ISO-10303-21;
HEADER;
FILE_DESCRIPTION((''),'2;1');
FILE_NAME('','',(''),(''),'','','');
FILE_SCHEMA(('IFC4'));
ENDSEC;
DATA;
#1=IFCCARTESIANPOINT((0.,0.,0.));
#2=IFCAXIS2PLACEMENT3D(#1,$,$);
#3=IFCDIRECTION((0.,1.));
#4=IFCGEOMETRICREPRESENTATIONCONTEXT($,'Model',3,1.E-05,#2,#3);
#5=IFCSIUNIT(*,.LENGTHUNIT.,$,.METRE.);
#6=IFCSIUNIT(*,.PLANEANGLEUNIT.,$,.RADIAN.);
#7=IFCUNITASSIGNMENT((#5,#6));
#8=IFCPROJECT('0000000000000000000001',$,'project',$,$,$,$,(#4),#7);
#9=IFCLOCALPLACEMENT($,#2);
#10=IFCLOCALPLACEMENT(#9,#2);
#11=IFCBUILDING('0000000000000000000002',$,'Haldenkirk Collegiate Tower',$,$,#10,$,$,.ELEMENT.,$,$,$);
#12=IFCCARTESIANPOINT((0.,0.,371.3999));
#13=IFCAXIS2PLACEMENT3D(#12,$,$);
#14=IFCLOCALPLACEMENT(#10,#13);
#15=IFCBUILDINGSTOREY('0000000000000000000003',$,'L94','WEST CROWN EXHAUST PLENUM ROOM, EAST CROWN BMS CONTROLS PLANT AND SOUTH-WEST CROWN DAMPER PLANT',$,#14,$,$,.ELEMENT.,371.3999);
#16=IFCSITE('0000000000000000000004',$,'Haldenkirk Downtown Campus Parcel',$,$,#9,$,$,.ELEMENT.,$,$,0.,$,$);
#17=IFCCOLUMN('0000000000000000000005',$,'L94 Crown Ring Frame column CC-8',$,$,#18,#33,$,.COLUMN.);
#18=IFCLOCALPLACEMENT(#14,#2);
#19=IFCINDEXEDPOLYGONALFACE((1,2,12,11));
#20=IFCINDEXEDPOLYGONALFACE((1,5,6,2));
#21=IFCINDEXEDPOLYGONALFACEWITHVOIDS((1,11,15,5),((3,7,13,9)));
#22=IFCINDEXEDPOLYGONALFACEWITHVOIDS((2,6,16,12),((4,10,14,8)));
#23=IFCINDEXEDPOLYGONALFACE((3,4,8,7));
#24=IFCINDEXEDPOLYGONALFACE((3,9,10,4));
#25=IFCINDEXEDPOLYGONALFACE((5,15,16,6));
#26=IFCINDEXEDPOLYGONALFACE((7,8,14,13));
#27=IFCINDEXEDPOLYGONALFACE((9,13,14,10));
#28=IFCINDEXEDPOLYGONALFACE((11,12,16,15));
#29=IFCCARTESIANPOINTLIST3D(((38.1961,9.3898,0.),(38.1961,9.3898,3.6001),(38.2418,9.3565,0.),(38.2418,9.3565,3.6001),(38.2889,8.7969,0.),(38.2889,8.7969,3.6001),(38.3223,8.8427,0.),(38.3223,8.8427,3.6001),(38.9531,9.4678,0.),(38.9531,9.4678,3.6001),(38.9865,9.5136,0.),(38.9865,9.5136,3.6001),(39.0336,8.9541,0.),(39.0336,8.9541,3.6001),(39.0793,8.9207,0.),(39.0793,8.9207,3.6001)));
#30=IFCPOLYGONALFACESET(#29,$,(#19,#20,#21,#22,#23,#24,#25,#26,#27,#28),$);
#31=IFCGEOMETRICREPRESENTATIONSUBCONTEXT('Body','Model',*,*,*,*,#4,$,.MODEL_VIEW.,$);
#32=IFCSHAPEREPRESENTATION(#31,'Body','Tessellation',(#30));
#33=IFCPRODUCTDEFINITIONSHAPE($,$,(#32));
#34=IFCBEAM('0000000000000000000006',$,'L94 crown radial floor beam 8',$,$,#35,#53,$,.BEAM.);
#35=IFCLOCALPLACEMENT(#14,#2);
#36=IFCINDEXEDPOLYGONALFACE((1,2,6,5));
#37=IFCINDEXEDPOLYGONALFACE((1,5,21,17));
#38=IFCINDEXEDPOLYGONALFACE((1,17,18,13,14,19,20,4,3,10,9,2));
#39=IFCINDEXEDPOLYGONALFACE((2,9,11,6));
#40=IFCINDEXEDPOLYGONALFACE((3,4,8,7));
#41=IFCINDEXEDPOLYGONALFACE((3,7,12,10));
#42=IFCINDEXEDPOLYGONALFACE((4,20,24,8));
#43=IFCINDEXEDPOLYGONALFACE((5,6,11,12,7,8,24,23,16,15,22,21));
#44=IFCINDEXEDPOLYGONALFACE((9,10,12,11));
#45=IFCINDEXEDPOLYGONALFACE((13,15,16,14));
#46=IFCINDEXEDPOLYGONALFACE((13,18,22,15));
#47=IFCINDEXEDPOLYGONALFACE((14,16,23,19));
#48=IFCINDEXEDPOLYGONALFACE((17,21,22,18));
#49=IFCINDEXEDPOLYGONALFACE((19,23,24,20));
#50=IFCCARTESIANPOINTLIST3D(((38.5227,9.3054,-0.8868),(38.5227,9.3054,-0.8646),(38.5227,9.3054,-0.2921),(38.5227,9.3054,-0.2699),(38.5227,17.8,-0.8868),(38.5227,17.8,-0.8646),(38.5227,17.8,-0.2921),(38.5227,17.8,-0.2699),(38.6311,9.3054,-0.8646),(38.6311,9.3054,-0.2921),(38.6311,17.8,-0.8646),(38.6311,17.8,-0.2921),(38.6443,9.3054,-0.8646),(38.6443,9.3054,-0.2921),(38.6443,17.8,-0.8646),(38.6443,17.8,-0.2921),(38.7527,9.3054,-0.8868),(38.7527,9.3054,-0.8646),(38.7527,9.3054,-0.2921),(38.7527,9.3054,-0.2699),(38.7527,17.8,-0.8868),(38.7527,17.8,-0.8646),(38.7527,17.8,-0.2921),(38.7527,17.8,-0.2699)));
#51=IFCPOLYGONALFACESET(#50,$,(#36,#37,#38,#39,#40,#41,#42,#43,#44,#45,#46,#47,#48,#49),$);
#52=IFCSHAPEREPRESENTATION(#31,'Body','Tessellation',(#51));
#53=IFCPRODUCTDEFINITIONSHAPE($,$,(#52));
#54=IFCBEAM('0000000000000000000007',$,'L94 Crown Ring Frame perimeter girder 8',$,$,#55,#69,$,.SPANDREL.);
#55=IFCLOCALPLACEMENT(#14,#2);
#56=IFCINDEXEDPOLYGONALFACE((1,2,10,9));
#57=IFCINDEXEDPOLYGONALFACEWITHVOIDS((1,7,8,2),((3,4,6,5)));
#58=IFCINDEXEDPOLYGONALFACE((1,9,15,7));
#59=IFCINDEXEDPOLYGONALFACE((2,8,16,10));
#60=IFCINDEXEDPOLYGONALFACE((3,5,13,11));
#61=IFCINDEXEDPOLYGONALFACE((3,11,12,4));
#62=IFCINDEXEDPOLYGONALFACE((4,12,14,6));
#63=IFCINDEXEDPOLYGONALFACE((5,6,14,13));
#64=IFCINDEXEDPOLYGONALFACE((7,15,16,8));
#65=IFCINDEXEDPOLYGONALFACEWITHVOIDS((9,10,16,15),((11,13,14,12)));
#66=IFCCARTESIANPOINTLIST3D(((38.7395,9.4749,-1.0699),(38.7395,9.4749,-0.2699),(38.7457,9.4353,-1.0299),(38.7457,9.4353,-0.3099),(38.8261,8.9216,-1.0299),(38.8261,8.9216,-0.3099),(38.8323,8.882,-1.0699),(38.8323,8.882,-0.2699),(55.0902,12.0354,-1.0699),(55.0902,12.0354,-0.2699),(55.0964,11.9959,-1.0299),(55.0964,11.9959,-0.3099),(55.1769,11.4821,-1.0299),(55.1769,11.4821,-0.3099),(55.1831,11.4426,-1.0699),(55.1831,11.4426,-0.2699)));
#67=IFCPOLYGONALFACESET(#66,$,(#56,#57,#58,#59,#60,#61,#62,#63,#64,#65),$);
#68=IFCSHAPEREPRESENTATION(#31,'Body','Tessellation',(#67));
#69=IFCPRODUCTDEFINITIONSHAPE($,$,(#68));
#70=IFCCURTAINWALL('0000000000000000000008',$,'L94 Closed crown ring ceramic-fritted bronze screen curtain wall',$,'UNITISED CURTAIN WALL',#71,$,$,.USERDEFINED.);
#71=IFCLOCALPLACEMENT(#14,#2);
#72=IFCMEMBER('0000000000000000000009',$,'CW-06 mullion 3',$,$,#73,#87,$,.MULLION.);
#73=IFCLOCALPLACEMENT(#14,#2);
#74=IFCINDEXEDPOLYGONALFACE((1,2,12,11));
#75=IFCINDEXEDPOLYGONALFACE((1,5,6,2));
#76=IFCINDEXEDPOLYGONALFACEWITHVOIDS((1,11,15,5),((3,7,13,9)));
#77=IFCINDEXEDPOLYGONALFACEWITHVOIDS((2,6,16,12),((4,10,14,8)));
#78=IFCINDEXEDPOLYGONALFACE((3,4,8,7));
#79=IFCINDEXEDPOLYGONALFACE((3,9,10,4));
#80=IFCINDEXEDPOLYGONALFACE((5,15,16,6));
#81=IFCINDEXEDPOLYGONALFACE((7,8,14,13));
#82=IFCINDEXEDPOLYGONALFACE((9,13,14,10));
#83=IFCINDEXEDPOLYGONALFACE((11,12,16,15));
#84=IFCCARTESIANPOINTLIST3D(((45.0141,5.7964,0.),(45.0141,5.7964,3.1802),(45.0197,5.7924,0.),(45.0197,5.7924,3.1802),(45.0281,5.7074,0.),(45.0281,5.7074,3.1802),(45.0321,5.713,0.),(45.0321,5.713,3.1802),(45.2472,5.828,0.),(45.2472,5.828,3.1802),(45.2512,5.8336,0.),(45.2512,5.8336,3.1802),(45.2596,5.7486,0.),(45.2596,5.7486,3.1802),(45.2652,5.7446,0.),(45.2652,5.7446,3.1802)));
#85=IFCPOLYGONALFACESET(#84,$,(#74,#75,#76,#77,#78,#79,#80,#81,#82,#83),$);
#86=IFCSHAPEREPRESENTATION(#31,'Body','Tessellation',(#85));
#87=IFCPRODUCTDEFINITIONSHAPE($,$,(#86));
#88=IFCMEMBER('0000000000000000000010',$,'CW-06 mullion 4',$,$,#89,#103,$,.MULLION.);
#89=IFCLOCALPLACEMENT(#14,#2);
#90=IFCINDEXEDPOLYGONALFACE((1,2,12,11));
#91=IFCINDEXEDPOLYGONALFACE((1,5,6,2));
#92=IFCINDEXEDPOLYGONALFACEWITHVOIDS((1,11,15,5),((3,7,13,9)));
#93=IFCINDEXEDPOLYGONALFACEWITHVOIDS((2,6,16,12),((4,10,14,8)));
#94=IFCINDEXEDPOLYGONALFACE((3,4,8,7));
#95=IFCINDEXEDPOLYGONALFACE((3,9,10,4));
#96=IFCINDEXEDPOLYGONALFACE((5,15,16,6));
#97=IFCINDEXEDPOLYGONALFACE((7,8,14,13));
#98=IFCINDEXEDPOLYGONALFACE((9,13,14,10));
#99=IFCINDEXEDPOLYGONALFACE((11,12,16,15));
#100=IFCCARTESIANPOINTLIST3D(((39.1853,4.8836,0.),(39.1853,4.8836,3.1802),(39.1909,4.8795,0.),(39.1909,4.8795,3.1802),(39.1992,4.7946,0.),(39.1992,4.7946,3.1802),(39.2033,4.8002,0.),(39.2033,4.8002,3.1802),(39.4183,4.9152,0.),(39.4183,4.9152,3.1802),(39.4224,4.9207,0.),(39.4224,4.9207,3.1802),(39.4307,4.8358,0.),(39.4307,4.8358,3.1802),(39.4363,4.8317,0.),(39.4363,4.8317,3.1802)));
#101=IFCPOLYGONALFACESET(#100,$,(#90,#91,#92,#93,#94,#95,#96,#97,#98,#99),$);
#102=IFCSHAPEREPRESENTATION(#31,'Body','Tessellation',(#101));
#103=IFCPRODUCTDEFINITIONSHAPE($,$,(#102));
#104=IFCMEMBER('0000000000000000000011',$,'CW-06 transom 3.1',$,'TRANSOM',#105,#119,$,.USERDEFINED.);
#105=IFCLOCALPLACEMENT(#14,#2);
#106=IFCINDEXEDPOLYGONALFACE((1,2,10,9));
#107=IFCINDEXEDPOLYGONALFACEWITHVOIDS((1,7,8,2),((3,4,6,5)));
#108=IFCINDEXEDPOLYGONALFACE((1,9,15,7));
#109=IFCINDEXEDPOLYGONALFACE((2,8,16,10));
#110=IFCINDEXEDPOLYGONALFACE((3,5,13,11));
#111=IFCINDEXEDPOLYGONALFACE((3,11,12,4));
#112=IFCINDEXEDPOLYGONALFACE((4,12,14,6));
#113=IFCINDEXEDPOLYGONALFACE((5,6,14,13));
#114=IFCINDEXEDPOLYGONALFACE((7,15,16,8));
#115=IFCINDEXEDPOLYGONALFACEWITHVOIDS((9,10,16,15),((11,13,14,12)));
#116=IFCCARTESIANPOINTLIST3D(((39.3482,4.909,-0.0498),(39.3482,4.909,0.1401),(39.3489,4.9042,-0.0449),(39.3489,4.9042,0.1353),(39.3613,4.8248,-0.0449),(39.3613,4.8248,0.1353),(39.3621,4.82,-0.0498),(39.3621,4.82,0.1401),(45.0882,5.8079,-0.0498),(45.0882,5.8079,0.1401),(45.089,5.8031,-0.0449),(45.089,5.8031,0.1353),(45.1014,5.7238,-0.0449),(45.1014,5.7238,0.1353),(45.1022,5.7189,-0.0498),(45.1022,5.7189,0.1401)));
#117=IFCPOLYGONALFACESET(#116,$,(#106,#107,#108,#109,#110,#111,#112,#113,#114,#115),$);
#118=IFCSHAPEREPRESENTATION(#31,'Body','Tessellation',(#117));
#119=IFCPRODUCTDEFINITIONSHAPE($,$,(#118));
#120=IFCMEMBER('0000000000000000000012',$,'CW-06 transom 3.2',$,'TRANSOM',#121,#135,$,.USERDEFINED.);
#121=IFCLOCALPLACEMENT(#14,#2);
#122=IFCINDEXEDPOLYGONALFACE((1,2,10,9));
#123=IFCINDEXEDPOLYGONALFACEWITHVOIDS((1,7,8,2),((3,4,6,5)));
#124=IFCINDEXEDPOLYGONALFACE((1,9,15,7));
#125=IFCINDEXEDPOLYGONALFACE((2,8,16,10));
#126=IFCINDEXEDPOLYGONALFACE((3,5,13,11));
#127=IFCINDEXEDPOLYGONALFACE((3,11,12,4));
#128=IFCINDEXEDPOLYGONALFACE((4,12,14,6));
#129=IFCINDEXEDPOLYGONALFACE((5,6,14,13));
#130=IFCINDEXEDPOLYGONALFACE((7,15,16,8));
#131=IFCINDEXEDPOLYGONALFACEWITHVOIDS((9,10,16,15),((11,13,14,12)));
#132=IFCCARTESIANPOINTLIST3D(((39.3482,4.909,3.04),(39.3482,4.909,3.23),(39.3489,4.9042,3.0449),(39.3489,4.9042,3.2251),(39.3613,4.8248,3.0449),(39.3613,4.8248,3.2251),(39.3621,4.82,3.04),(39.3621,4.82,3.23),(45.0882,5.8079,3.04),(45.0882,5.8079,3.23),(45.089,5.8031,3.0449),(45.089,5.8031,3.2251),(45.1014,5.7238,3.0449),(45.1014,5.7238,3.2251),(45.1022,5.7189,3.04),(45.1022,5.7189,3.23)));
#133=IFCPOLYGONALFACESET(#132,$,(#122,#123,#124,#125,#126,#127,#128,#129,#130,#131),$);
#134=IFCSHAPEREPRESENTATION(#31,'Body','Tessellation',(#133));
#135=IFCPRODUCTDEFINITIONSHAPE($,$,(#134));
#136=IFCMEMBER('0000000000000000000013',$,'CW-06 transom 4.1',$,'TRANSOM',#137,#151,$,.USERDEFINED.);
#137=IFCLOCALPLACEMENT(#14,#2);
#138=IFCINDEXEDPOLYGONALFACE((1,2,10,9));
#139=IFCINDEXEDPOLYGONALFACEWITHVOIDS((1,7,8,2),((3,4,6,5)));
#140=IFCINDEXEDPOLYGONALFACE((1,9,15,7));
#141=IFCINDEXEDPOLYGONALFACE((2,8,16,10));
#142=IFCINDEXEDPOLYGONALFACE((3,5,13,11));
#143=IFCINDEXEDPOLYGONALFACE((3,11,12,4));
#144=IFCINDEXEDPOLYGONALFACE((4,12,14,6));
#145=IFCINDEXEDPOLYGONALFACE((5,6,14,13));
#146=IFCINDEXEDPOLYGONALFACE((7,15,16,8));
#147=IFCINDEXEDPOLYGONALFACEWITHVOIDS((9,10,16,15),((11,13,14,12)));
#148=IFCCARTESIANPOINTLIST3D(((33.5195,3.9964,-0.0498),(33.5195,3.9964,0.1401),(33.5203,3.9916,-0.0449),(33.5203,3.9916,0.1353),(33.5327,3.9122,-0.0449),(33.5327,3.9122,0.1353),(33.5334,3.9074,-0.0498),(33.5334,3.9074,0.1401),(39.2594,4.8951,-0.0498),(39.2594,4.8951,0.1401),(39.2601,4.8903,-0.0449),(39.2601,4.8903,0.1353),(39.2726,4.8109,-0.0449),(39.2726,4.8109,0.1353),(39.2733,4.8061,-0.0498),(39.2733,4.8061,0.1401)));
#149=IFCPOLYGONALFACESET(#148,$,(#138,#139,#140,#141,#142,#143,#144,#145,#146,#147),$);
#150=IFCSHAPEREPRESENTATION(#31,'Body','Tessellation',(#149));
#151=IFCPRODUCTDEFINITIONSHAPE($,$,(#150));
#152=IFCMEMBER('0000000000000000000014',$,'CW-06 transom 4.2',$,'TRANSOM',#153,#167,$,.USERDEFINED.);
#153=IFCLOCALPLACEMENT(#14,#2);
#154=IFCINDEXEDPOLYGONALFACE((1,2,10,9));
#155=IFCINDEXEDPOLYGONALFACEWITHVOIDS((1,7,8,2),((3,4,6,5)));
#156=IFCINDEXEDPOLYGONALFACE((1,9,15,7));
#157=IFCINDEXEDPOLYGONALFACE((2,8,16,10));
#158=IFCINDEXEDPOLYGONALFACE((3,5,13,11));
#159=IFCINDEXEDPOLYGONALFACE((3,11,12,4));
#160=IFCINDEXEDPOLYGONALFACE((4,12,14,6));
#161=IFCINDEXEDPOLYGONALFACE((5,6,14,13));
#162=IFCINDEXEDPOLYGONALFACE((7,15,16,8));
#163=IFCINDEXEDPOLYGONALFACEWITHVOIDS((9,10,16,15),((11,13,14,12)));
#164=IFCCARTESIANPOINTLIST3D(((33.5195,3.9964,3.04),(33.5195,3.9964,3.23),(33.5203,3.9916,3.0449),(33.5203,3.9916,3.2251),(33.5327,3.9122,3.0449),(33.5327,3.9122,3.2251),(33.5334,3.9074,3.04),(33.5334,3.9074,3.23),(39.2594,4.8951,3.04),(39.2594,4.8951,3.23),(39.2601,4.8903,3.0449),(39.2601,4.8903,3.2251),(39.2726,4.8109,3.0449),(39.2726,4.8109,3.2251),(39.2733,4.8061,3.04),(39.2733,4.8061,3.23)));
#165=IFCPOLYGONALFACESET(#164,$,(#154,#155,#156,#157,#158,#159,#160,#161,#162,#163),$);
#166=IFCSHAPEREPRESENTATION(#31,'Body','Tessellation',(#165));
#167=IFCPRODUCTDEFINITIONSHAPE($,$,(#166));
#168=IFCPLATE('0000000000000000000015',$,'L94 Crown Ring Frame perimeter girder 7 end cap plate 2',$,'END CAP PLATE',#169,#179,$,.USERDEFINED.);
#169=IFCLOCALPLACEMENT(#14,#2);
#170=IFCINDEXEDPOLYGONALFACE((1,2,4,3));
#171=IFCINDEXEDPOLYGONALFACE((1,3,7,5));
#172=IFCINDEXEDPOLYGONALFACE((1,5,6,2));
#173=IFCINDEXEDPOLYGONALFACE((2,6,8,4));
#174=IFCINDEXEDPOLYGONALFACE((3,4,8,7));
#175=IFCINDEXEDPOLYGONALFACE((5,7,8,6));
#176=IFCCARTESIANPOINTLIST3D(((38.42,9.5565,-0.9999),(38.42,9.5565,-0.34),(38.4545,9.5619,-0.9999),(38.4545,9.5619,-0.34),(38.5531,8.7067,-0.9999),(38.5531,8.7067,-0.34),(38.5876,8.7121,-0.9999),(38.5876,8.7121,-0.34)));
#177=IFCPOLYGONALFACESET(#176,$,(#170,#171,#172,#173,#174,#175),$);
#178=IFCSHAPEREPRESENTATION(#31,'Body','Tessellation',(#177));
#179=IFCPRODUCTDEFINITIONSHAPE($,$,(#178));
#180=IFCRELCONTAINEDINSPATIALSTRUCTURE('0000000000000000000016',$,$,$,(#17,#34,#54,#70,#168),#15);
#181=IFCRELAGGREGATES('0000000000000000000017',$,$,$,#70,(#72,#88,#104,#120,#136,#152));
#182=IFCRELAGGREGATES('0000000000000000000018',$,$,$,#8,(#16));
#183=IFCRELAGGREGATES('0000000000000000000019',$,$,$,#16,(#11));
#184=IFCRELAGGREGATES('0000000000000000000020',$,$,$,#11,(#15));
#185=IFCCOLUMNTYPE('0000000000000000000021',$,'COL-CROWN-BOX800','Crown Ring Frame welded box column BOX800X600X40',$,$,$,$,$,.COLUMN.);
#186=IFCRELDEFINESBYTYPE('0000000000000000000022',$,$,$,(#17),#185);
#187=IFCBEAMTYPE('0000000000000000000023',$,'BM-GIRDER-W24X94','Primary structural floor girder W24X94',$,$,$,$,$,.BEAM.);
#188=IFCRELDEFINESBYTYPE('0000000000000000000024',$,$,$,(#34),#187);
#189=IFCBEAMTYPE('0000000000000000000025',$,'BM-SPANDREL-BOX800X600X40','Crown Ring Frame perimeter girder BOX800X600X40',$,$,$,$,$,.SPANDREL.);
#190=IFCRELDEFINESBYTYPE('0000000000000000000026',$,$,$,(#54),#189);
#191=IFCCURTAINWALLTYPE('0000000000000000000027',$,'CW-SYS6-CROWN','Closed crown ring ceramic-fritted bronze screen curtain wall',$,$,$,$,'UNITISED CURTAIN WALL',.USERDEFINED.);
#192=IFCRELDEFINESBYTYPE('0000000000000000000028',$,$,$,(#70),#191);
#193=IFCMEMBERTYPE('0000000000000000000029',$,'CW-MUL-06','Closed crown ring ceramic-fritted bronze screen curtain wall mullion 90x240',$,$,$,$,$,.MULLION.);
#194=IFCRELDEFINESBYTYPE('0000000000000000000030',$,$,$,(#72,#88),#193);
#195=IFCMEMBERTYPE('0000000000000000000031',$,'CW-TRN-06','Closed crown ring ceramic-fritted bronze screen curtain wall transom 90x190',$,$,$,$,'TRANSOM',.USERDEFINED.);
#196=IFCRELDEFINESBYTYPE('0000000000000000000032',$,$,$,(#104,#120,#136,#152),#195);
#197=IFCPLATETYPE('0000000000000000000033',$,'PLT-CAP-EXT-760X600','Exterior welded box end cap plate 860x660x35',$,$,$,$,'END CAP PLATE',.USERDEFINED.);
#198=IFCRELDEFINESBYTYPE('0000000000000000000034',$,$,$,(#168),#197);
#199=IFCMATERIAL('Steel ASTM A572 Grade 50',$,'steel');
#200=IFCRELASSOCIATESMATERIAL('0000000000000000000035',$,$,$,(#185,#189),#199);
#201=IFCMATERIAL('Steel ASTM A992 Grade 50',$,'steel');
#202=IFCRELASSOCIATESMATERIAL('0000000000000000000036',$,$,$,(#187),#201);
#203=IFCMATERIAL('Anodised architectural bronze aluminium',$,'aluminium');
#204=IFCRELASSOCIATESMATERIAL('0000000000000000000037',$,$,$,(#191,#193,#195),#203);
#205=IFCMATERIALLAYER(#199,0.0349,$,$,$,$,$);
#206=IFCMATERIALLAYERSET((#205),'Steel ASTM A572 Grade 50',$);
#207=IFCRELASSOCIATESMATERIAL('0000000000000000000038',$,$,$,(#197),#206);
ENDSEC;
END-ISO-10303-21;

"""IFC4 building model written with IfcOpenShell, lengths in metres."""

from ifc_helpers import new_model, si_unit, direction, frame, origin, origin_2d, place, context, subcontext, project, spatial, rectangle, hollow_rectangle, i_section, extrude, source, transform, mapped, material, layer, layer_set, material_profile, profile_set, type_object, element, aggregate, save


model = new_model("IFC4")

# Units and contexts
model_context = context("Model", 3, precision=1e-05, world=origin(), true_north=direction((0.0, 1.0)))
body_context = subcontext(model_context, "Body", "Model", "MODEL_VIEW")
ifc_project = project(units=[si_unit("LENGTHUNIT", "METRE"), si_unit("PLANEANGLEUNIT", "RADIAN")], contexts=[model_context])

# Site, building, storey
site_placement = place(None, origin())
site = spatial("IfcSite", under=ifc_project, at=site_placement, Name="Haldenkirk Downtown Campus Parcel", CompositionType="ELEMENT", RefElevation=0.0)
building_placement = place(site_placement, origin())
building = spatial("IfcBuilding", under=site, at=building_placement, Name="Haldenkirk Collegiate Tower", CompositionType="ELEMENT")
storey_placement = place(building_placement, frame((0.0, 0.0, 371.3999)))
storey = spatial("IfcBuildingStorey", under=building, at=storey_placement, Name="L94", Description="WEST CROWN EXHAUST PLENUM ROOM, EAST CROWN BMS CONTROLS PLANT AND SOUTH-WEST CROWN DAMPER PLANT", CompositionType="ELEMENT", Elevation=371.3999)

# Column
ifc_material_1 = material(Name="Steel ASTM A572 Grade 50", Category="steel")
ifc_material_profile_1 = material_profile(ifc_material_1, hollow_rectangle(XDim=0.6001, YDim=0.8, WallThickness=0.04, at=origin_2d()), Name="BOX800X600X40")
ifc_profile_set_1 = profile_set([ifc_material_profile_1], Name="Steel ASTM A572 Grade 50")
column_type = type_object("IfcColumnType", Name="COL-CROWN-BOX800", Description="Crown Ring Frame welded box column BOX800X600X40", PredefinedType="COLUMN", material=ifc_profile_set_1)
column_placement = place(storey_placement, frame((38.6377, 9.1553, 0.0), z_axis=(0.0, 0.0, 1.0), x_axis=(-0.15471, 0.98796, 0.0)))
element("IfcColumn", 1, at=column_placement, inside=storey, type_object=column_type, Name="L94 Crown Ring Frame column CC-8", PredefinedType="COLUMN", context=body_context, shape_type="SweptSolid", body=[
    extrude(hollow_rectangle(XDim=0.6001, YDim=0.8, WallThickness=0.04, at=origin_2d()), origin(), (0.0, 0.0, 1.0), 3.6001),
])

# Beams
ifc_material_2 = material(Name="Steel ASTM A992 Grade 50", Category="steel")
ifc_material_profile_2 = material_profile(ifc_material_2, i_section(OverallWidth=0.23, OverallDepth=0.6169, WebThickness=0.0132, FlangeThickness=0.0222, at=origin_2d()), Name="W24X94")
ifc_profile_set_2 = profile_set([ifc_material_profile_2], Name="Steel ASTM A992 Grade 50")
beam_type_1 = type_object("IfcBeamType", Name="BM-GIRDER-W24X94", Description="Primary structural floor girder W24X94", PredefinedType="BEAM", material=ifc_profile_set_2)
beam_1_placement = place(storey_placement, frame((38.6377, 9.3054, -0.5784), z_axis=(0.0, 1.0, 0.0), x_axis=(-1.0, 0.0, 0.0)))
element("IfcBeam", 2, at=beam_1_placement, inside=storey, type_object=beam_type_1, Name="L94 crown radial floor beam 8", PredefinedType="BEAM", context=body_context, shape_type="SweptSolid", body=[
    extrude(i_section(OverallWidth=0.23, OverallDepth=0.6169, WebThickness=0.0132, FlangeThickness=0.0222, at=origin_2d()), origin(), (0.0, 0.0, 1.0), 8.4946),
])
ifc_material_profile_3 = material_profile(ifc_material_1, hollow_rectangle(XDim=0.6001, YDim=0.8, WallThickness=0.04, at=origin_2d()), Name="BOX800X600X40")
ifc_profile_set_3 = profile_set([ifc_material_profile_3], Name="Steel ASTM A572 Grade 50")
beam_type_2 = type_object("IfcBeamType", Name="BM-SPANDREL-BOX800X600X40", Description="Crown Ring Frame perimeter girder BOX800X600X40", PredefinedType="SPANDREL", material=ifc_profile_set_3)
beam_2_placement = place(storey_placement, frame((38.7859, 9.1785, -0.6699), z_axis=(0.987959, 0.154715, 0.0), x_axis=(-0.154715, 0.987959, 0.0)))
element("IfcBeam", 3, at=beam_2_placement, inside=storey, type_object=beam_type_2, Name="L94 Crown Ring Frame perimeter girder 8", PredefinedType="SPANDREL", context=body_context, shape_type="SweptSolid", body=[
    extrude(hollow_rectangle(XDim=0.6001, YDim=0.8, WallThickness=0.04, at=origin_2d()), origin(), (0.0, 0.0, 1.0), 16.55),
])

# Curtain wall, members
ifc_material_3 = material(Name="Anodised architectural bronze aluminium", Category="aluminium")
curtain_wall_type = type_object("IfcCurtainWallType", Name="CW-SYS6-CROWN", Description="Closed crown ring ceramic-fritted bronze screen curtain wall", ElementType="UNITISED CURTAIN WALL", PredefinedType="USERDEFINED", material=ifc_material_3)
curtain_wall_placement = place(storey_placement, origin())
curtain_wall = element("IfcCurtainWall", 4, at=curtain_wall_placement, inside=storey, type_object=curtain_wall_type, Name="L94 Closed crown ring ceramic-fritted bronze screen curtain wall", ObjectType="UNITISED CURTAIN WALL", PredefinedType="USERDEFINED")
ifc_material_profile_4 = material_profile(ifc_material_3, hollow_rectangle(XDim=0.0901, YDim=0.24, WallThickness=0.0049, at=origin_2d()), Name="CW-MUL-06")
ifc_profile_set_4 = profile_set([ifc_material_profile_4], Name="Anodised architectural bronze aluminium")
member_type_1 = type_object("IfcMemberType", Name="CW-MUL-06", Description="Closed crown ring ceramic-fritted bronze screen curtain wall mullion 90x240", PredefinedType="MULLION", material=ifc_profile_set_4)
member_1_placement = place(storey_placement, frame((45.1396, 5.7705, 0.0), z_axis=(0.0, 0.0, 1.0), x_axis=(0.154709, -0.98796, 0.0)))
member_1 = element("IfcMember", 5, at=member_1_placement, type_object=member_type_1, Name="CW-06 mullion 3", PredefinedType="MULLION", context=body_context, shape_type="SweptSolid", body=[
    extrude(hollow_rectangle(XDim=0.0901, YDim=0.24, WallThickness=0.0049, at=origin_2d()), origin(), (0.0, 0.0, 1.0), 3.1802),
])
member_2_placement = place(storey_placement, frame((39.3108, 4.8577, 0.0), z_axis=(0.0, 0.0, 1.0), x_axis=(0.154709, -0.98796, 0.0)))
member_2 = element("IfcMember", 6, at=member_2_placement, type_object=member_type_1, Name="CW-06 mullion 4", PredefinedType="MULLION", context=body_context, shape_type="SweptSolid", body=[
    extrude(hollow_rectangle(XDim=0.0901, YDim=0.24, WallThickness=0.0049, at=origin_2d()), origin(), (0.0, 0.0, 1.0), 3.1802),
])
ifc_material_profile_5 = material_profile(ifc_material_3, hollow_rectangle(XDim=0.0901, YDim=0.1899, WallThickness=0.0049, at=origin_2d()), Name="CW-TRN-06")
ifc_profile_set_5 = profile_set([ifc_material_profile_5], Name="Anodised architectural bronze aluminium")
member_type_2 = type_object("IfcMemberType", Name="CW-TRN-06", Description="Closed crown ring ceramic-fritted bronze screen curtain wall transom 90x190", ElementType="TRANSOM", PredefinedType="USERDEFINED", material=ifc_profile_set_5)
member_3_placement = place(storey_placement, frame((45.0952, 5.7634, 0.0452), z_axis=(-0.987958, -0.154722, 0.0), x_axis=(0.154722, -0.987958, 0.0)))
member_3 = element("IfcMember", 7, at=member_3_placement, type_object=member_type_2, Name="CW-06 transom 3.1", ObjectType="TRANSOM", PredefinedType="USERDEFINED", context=body_context, shape_type="SweptSolid", body=[
    extrude(hollow_rectangle(XDim=0.0901, YDim=0.1899, WallThickness=0.0049, at=origin_2d()), origin(), (0.0, 0.0, 1.0), 5.8101),
])
member_4_placement = place(storey_placement, frame((45.0952, 5.7634, 3.135), z_axis=(-0.987958, -0.154722, 0.0), x_axis=(0.154722, -0.987958, 0.0)))
member_4 = element("IfcMember", 8, at=member_4_placement, type_object=member_type_2, Name="CW-06 transom 3.2", ObjectType="TRANSOM", PredefinedType="USERDEFINED", context=body_context, shape_type="SweptSolid", body=[
    extrude(hollow_rectangle(XDim=0.0901, YDim=0.1899, WallThickness=0.0049, at=origin_2d()), origin(), (0.0, 0.0, 1.0), 5.8101),
])
member_5_placement = place(storey_placement, frame((39.2664, 4.8506, 0.0452), z_axis=(-0.987965, -0.154681, 0.0), x_axis=(0.154681, -0.987965, 0.0)))
member_5 = element("IfcMember", 9, at=member_5_placement, type_object=member_type_2, Name="CW-06 transom 4.1", ObjectType="TRANSOM", PredefinedType="USERDEFINED", context=body_context, shape_type="SweptSolid", body=[
    extrude(hollow_rectangle(XDim=0.0901, YDim=0.1899, WallThickness=0.0049, at=origin_2d()), origin(), (0.0, 0.0, 1.0), 5.8098),
])
member_6_placement = place(storey_placement, frame((39.2664, 4.8506, 3.135), z_axis=(-0.987965, -0.154681, 0.0), x_axis=(0.154681, -0.987965, 0.0)))
member_6 = element("IfcMember", 10, at=member_6_placement, type_object=member_type_2, Name="CW-06 transom 4.2", ObjectType="TRANSOM", PredefinedType="USERDEFINED", context=body_context, shape_type="SweptSolid", body=[
    extrude(hollow_rectangle(XDim=0.0901, YDim=0.1899, WallThickness=0.0049, at=origin_2d()), origin(), (0.0, 0.0, 1.0), 5.8098),
])

# Plate
ifc_layer_1 = layer(ifc_material_1, 0.0349)
ifc_layer_set_1 = layer_set([ifc_layer_1], Name="Steel ASTM A572 Grade 50")
plate_type_1 = type_object("IfcPlateType", Name="PLT-CAP-EXT-760X600", Description="Exterior welded box end cap plate 860x660x35", ElementType="END CAP PLATE", PredefinedType="USERDEFINED", material=ifc_layer_set_1)
shared_shape_1 = source(origin(), body_context, "Body", "SweptSolid", [
    extrude(rectangle(XDim=0.8601, YDim=0.6599, at=origin_2d()), origin(), (0.0, 0.0, 1.0), 0.0349),
])
for number, where, z_axis, x_axis, name in (
    (11, (38.4866, 9.1316, -0.6699), (0.987959, 0.154713, 0.0), (-0.154713, 0.987959, 0.0), "L94 Crown Ring Frame perimeter girder 7 end cap plate 2"),
):
    element("IfcPlate", number, at=place(storey_placement, frame(where, z_axis=z_axis, x_axis=x_axis)), inside=storey, type_object=plate_type_1, Name=name, ObjectType="END CAP PLATE", PredefinedType="USERDEFINED", context=body_context, shape_type="MappedRepresentation", body=[
        mapped(shared_shape_1, transform((0.0, 0.0, 0.0), x_axis=(1.0, 0.0, 0.0), y_axis=(0.0, 1.0, 0.0), z_axis=(0.0, 0.0, 1.0), scale=1.0)),
    ])

aggregate(curtain_wall, [member_1, member_2, member_3, member_4, member_5, member_6])

save(model, "model.ifc")
